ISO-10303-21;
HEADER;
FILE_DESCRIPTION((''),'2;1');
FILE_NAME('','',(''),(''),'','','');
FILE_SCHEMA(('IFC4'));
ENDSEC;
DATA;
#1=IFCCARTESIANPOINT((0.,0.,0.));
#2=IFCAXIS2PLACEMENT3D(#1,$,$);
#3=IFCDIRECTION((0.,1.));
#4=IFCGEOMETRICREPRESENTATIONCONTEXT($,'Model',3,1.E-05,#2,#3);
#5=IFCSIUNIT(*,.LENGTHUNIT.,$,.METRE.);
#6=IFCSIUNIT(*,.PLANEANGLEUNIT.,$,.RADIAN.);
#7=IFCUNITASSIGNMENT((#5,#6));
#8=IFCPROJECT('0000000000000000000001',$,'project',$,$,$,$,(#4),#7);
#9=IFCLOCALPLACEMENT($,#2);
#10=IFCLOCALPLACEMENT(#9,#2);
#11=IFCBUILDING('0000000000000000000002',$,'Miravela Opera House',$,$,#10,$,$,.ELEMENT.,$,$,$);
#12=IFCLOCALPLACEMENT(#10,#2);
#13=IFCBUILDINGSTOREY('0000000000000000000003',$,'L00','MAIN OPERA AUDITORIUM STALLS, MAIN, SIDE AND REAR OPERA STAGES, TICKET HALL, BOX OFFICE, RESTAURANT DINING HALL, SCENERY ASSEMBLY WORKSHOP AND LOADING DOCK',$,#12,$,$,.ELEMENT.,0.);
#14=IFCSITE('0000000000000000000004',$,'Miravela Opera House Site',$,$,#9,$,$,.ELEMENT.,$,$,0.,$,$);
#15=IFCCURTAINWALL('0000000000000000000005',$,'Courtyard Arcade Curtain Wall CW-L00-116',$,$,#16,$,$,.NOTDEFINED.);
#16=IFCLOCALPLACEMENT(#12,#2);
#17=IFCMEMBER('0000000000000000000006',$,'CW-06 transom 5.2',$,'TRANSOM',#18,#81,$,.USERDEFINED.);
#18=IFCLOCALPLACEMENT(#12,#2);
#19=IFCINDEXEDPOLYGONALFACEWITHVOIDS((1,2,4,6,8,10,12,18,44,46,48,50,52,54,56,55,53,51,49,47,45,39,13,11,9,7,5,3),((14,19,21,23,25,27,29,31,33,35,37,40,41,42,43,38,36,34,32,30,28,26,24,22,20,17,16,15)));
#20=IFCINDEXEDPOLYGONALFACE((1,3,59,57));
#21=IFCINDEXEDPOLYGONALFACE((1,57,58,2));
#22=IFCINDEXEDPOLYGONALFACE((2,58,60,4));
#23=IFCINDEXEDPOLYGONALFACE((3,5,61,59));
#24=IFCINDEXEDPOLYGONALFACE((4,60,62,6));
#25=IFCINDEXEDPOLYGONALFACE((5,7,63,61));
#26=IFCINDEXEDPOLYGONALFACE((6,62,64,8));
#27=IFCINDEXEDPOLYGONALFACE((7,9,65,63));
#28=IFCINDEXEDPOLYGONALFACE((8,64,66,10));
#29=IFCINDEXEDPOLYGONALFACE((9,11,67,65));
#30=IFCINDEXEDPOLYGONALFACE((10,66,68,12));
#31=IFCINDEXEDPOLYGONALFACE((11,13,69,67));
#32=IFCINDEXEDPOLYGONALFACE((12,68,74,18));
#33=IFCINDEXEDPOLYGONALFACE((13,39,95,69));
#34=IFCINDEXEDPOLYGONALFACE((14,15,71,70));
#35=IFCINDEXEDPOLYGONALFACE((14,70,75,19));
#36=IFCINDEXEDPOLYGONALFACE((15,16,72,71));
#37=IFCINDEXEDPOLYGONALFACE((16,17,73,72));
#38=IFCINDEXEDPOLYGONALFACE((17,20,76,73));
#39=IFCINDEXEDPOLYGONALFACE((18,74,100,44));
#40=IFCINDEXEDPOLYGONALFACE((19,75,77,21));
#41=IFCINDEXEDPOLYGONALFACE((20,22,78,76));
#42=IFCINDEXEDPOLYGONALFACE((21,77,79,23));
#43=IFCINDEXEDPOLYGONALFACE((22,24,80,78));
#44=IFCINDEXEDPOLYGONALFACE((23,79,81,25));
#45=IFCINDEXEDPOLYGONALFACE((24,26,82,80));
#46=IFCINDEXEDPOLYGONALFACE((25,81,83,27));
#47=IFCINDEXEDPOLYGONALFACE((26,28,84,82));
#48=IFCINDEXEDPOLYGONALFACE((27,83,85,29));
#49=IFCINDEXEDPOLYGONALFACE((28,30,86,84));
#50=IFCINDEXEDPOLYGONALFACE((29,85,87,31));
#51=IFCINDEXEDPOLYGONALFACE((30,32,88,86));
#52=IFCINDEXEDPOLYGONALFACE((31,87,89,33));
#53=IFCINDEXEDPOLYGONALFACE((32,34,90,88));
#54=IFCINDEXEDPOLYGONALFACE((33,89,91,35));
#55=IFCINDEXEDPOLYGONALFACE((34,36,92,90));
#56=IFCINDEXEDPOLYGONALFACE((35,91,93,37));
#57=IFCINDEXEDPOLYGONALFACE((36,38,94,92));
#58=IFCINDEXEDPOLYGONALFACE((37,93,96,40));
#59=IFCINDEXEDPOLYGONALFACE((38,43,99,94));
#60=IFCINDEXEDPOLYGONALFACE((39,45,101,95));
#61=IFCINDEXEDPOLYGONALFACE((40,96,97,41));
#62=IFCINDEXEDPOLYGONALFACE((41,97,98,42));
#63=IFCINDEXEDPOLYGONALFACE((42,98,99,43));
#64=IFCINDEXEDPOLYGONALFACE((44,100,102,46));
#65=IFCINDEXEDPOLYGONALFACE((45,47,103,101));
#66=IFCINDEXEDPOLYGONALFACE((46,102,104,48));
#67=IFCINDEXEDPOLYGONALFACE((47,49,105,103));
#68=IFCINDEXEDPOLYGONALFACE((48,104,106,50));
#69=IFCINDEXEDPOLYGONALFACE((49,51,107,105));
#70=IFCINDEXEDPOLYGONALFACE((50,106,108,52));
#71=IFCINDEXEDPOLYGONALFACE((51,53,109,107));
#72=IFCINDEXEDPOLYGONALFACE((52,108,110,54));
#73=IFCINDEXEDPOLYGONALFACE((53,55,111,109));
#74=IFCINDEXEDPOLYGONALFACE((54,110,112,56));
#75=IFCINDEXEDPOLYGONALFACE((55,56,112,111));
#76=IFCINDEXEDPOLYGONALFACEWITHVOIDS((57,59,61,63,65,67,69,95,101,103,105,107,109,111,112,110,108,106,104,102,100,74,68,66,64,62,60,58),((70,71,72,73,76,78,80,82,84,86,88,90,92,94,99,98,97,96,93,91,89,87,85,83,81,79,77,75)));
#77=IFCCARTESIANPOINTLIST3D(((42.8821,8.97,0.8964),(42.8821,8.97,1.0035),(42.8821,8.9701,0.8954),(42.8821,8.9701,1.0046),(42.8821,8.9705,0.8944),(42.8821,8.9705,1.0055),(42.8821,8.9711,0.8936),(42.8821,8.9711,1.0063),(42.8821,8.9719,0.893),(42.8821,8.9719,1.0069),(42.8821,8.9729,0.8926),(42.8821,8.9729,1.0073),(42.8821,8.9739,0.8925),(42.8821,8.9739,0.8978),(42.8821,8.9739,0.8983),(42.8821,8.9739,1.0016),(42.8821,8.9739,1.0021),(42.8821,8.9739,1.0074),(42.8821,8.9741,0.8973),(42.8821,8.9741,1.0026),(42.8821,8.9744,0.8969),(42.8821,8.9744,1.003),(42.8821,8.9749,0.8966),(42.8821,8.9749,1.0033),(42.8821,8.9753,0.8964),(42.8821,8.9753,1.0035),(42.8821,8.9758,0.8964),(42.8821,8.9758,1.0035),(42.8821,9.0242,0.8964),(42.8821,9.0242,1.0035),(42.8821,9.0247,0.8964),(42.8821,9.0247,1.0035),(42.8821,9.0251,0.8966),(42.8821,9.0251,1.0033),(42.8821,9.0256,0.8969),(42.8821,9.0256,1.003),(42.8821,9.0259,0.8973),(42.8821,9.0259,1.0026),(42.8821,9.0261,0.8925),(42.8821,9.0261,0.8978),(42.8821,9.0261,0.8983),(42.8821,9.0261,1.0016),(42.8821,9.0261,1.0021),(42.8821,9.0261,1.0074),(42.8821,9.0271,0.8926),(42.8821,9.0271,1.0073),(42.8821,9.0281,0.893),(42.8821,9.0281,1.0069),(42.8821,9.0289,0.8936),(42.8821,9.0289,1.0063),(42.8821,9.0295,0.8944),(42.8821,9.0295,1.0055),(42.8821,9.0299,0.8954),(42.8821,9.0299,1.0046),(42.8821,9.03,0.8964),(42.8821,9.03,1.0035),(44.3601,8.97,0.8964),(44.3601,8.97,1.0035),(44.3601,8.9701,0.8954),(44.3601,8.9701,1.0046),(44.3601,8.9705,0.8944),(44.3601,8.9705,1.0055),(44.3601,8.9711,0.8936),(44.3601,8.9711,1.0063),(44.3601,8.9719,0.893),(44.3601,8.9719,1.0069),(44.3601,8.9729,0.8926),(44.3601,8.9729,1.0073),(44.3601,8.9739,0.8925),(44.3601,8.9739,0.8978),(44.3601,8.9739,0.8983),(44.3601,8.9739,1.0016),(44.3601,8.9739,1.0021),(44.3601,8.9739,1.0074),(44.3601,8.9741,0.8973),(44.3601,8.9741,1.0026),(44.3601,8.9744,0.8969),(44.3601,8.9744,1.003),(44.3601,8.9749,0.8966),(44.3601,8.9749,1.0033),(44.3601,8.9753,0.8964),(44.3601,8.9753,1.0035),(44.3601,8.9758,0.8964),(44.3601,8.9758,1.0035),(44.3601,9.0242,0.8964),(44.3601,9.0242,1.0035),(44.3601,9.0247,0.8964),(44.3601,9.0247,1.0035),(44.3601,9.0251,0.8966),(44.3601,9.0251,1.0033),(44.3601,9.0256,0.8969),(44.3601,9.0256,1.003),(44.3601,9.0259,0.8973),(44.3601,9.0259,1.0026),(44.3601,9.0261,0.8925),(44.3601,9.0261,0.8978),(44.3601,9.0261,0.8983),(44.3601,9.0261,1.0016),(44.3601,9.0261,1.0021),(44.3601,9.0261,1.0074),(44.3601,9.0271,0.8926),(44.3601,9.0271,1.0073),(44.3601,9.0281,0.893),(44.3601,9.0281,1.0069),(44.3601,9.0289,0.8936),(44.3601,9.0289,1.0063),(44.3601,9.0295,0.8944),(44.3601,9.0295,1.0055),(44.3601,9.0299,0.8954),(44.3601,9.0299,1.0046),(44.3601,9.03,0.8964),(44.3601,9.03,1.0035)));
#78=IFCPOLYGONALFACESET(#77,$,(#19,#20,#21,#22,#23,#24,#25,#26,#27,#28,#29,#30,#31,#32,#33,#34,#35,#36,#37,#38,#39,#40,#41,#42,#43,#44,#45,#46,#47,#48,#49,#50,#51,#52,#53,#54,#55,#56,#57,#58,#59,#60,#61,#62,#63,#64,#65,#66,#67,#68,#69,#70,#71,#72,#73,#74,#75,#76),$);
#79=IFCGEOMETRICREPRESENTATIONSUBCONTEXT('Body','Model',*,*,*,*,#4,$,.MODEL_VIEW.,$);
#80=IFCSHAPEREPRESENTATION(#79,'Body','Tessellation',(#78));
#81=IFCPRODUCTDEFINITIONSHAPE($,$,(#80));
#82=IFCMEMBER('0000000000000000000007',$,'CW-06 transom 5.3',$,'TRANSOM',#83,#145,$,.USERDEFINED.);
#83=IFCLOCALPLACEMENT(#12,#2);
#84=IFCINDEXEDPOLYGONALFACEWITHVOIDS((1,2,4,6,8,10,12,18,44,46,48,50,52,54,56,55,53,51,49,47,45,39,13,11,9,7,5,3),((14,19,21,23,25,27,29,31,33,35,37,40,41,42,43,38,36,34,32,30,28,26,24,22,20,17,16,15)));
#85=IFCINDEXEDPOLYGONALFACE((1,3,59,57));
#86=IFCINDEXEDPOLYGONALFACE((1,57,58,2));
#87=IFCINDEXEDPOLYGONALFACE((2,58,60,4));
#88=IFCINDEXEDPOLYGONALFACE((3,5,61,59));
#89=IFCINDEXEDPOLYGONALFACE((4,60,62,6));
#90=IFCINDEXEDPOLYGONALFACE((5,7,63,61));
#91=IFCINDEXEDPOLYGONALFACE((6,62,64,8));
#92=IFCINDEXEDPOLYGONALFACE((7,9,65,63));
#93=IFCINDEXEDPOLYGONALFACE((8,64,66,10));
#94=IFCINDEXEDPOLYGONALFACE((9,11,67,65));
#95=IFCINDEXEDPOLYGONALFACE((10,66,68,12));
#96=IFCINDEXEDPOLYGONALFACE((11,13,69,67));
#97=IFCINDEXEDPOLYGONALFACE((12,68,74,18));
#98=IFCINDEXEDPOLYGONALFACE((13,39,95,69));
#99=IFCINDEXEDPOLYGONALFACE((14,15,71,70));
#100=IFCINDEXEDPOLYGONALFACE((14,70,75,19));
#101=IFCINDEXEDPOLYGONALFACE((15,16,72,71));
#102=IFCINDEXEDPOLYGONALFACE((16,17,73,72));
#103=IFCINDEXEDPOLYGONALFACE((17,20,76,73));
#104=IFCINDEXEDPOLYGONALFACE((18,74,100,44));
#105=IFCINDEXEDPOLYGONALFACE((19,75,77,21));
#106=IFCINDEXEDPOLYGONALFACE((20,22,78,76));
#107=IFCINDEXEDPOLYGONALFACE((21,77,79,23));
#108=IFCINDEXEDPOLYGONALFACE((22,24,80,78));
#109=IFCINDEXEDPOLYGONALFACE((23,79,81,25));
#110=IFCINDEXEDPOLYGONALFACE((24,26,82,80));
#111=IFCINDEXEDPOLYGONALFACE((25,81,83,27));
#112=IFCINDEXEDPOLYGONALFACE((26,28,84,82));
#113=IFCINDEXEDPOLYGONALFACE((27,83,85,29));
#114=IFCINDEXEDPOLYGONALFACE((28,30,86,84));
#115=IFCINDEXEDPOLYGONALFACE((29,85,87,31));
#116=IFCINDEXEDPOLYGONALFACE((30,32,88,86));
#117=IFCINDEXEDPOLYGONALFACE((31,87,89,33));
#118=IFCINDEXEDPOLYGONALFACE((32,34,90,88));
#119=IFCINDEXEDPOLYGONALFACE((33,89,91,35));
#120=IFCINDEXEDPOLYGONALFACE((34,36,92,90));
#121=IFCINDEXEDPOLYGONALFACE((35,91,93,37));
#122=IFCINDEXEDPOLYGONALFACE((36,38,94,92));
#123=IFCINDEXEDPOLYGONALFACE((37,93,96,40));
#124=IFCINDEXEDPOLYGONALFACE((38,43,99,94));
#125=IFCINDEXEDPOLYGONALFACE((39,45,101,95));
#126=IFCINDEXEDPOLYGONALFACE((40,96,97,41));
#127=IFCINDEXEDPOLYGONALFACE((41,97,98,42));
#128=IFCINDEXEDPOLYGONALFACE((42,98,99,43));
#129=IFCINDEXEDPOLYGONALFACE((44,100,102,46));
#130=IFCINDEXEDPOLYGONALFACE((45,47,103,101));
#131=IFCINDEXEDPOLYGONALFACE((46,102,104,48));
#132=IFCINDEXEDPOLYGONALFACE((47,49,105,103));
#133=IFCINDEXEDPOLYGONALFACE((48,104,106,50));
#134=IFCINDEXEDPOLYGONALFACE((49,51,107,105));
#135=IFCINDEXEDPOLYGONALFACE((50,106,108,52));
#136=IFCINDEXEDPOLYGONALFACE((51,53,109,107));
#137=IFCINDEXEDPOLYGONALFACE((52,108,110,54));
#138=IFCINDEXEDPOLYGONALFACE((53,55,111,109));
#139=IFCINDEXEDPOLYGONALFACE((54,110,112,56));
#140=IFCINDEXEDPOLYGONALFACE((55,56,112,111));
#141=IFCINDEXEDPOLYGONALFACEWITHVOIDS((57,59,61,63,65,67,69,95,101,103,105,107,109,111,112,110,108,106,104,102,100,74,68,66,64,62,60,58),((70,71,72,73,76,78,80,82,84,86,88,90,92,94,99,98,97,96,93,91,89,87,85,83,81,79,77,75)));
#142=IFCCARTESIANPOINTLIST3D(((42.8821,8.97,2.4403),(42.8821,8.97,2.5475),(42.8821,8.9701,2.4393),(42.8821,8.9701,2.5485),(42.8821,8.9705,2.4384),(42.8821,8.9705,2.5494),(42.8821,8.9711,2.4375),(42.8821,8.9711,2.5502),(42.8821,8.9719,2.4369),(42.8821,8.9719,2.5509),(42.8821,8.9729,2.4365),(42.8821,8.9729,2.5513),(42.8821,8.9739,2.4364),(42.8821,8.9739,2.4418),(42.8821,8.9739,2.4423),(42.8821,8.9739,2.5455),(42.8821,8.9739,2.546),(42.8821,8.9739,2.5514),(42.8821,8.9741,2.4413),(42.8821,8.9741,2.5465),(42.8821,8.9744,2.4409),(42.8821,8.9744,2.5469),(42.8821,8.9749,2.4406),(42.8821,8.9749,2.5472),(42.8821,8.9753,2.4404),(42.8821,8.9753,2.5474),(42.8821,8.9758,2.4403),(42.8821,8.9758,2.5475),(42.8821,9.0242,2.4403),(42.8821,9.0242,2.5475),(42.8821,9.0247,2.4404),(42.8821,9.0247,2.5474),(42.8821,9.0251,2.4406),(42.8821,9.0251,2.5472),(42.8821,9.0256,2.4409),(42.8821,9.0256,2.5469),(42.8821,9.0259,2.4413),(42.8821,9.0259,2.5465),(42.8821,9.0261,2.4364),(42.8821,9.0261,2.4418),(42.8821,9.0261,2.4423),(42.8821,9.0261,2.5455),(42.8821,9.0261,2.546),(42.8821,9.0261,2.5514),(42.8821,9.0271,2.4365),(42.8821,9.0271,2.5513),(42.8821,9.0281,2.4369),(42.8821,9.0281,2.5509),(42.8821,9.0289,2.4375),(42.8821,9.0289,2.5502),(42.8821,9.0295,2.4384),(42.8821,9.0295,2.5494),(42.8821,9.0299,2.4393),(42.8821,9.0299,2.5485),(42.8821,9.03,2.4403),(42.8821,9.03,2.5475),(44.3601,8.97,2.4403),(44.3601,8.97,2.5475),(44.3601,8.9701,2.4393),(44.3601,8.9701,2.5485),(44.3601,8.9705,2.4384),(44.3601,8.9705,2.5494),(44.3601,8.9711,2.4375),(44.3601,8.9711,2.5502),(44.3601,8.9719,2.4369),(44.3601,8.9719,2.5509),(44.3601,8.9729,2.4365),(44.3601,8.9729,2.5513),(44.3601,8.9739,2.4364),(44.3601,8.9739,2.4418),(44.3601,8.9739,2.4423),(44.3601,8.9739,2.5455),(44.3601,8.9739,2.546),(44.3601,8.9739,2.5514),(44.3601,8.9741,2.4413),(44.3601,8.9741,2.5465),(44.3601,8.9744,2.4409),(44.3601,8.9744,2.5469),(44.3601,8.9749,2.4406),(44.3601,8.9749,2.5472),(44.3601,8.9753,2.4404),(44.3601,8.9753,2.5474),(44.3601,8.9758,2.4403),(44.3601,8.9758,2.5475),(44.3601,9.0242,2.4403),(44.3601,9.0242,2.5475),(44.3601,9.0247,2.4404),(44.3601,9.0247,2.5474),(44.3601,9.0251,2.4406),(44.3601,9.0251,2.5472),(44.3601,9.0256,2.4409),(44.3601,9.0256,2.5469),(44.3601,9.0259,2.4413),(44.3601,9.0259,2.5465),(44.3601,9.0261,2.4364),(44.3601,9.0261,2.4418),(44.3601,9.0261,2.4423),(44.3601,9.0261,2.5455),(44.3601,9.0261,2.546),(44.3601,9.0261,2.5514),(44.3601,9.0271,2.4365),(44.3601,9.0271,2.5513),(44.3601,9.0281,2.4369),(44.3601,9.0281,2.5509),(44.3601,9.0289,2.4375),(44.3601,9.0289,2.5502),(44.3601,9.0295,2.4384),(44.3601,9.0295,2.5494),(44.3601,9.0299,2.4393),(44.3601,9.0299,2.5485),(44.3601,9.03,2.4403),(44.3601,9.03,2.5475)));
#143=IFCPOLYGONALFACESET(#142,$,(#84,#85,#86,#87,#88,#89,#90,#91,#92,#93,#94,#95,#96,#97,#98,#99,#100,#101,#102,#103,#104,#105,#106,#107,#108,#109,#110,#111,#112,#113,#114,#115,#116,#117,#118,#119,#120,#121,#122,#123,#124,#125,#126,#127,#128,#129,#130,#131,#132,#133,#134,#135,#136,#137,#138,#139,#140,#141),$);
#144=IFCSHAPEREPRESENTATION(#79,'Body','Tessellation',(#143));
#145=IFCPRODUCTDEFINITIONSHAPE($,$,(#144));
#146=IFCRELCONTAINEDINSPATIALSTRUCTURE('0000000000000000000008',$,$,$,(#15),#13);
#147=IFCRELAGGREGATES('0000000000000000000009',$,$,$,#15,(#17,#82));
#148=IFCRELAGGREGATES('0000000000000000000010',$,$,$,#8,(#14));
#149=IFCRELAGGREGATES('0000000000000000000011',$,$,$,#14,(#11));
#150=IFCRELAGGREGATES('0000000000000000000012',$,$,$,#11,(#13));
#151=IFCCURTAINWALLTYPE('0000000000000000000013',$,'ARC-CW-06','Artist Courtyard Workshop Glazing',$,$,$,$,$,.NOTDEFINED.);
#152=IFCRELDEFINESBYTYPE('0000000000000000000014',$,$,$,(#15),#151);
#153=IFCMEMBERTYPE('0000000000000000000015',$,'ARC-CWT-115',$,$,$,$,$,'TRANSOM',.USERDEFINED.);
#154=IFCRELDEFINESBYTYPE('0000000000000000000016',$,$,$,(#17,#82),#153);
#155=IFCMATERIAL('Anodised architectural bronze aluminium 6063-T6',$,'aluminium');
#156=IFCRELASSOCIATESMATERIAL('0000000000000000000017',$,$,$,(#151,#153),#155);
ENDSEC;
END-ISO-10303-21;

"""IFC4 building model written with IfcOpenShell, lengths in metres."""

from ifc_helpers import new_model, si_unit, direction, frame, origin, origin_2d, place, context, subcontext, project, spatial, hollow_rectangle, extrude, material, material_profile, profile_set, type_object, element, aggregate, save


model = new_model("IFC4")

# Units and contexts
model_context = context("Model", 3, precision=1e-05, world=origin(), true_north=direction((0.0, 1.0)))
body_context = subcontext(model_context, "Body", "Model", "MODEL_VIEW")
ifc_project = project(units=[si_unit("LENGTHUNIT", "METRE"), si_unit("PLANEANGLEUNIT", "RADIAN")], contexts=[model_context])

# Site, building, storey
site_placement = place(None, origin())
site = spatial("IfcSite", under=ifc_project, at=site_placement, Name="Miravela Opera House Site", CompositionType="ELEMENT", RefElevation=0.0)
building_placement = place(site_placement, origin())
building = spatial("IfcBuilding", under=site, at=building_placement, Name="Miravela Opera House", CompositionType="ELEMENT")
storey_placement = place(building_placement, origin())
storey = spatial("IfcBuildingStorey", under=building, at=storey_placement, Name="L00", Description="MAIN OPERA AUDITORIUM STALLS, MAIN, SIDE AND REAR OPERA STAGES, TICKET HALL, BOX OFFICE, RESTAURANT DINING HALL, SCENERY ASSEMBLY WORKSHOP AND LOADING DOCK", CompositionType="ELEMENT", Elevation=0.0)

# Curtain wall, members
ifc_material_1 = material(Name="Anodised architectural bronze aluminium 6063-T6", Category="aluminium")
curtain_wall_type = type_object("IfcCurtainWallType", Name="ARC-CW-06", Description="Artist Courtyard Workshop Glazing", PredefinedType="NOTDEFINED", material=ifc_material_1)
curtain_wall_placement = place(storey_placement, origin())
curtain_wall = element("IfcCurtainWall", 1, at=curtain_wall_placement, inside=storey, type_object=curtain_wall_type, Name="Courtyard Arcade Curtain Wall CW-L00-116", PredefinedType="NOTDEFINED")
ifc_material_profile_1 = material_profile(ifc_material_1, hollow_rectangle(XDim=0.0601, YDim=0.115, WallThickness=0.0039, InnerFilletRadius=0.002, OuterFilletRadius=0.0039, at=origin_2d()), Name="CWT-60X115")
ifc_profile_set_1 = profile_set([ifc_material_profile_1])
member_type_1 = type_object("IfcMemberType", Name="ARC-CWT-115", ElementType="TRANSOM", PredefinedType="USERDEFINED", material=ifc_profile_set_1)
member_1_placement = place(storey_placement, frame((42.8821, 9.0, 0.95), z_axis=(1.0, 0.0, 0.0), x_axis=(0.0, 1.0, 0.0)))
member_1 = element("IfcMember", 2, at=member_1_placement, type_object=member_type_1, Name="CW-06 transom 5.2", ObjectType="TRANSOM", PredefinedType="USERDEFINED", context=body_context, shape_type="SweptSolid", body=[
    extrude(hollow_rectangle(XDim=0.0601, YDim=0.115, WallThickness=0.0039, InnerFilletRadius=0.002, OuterFilletRadius=0.0039, at=origin_2d()), origin(), (0.0, 0.0, 1.0), 1.478),
])
member_2_placement = place(storey_placement, frame((42.8821, 9.0, 2.4939), z_axis=(1.0, 0.0, 0.0), x_axis=(0.0, 1.0, 0.0)))
member_2 = element("IfcMember", 3, at=member_2_placement, type_object=member_type_1, Name="CW-06 transom 5.3", ObjectType="TRANSOM", PredefinedType="USERDEFINED", context=body_context, shape_type="SweptSolid", body=[
    extrude(hollow_rectangle(XDim=0.0601, YDim=0.115, WallThickness=0.0039, InnerFilletRadius=0.002, OuterFilletRadius=0.0039, at=origin_2d()), origin(), (0.0, 0.0, 1.0), 1.478),
])

aggregate(curtain_wall, [member_1, member_2])

save(model, "model.ifc")
